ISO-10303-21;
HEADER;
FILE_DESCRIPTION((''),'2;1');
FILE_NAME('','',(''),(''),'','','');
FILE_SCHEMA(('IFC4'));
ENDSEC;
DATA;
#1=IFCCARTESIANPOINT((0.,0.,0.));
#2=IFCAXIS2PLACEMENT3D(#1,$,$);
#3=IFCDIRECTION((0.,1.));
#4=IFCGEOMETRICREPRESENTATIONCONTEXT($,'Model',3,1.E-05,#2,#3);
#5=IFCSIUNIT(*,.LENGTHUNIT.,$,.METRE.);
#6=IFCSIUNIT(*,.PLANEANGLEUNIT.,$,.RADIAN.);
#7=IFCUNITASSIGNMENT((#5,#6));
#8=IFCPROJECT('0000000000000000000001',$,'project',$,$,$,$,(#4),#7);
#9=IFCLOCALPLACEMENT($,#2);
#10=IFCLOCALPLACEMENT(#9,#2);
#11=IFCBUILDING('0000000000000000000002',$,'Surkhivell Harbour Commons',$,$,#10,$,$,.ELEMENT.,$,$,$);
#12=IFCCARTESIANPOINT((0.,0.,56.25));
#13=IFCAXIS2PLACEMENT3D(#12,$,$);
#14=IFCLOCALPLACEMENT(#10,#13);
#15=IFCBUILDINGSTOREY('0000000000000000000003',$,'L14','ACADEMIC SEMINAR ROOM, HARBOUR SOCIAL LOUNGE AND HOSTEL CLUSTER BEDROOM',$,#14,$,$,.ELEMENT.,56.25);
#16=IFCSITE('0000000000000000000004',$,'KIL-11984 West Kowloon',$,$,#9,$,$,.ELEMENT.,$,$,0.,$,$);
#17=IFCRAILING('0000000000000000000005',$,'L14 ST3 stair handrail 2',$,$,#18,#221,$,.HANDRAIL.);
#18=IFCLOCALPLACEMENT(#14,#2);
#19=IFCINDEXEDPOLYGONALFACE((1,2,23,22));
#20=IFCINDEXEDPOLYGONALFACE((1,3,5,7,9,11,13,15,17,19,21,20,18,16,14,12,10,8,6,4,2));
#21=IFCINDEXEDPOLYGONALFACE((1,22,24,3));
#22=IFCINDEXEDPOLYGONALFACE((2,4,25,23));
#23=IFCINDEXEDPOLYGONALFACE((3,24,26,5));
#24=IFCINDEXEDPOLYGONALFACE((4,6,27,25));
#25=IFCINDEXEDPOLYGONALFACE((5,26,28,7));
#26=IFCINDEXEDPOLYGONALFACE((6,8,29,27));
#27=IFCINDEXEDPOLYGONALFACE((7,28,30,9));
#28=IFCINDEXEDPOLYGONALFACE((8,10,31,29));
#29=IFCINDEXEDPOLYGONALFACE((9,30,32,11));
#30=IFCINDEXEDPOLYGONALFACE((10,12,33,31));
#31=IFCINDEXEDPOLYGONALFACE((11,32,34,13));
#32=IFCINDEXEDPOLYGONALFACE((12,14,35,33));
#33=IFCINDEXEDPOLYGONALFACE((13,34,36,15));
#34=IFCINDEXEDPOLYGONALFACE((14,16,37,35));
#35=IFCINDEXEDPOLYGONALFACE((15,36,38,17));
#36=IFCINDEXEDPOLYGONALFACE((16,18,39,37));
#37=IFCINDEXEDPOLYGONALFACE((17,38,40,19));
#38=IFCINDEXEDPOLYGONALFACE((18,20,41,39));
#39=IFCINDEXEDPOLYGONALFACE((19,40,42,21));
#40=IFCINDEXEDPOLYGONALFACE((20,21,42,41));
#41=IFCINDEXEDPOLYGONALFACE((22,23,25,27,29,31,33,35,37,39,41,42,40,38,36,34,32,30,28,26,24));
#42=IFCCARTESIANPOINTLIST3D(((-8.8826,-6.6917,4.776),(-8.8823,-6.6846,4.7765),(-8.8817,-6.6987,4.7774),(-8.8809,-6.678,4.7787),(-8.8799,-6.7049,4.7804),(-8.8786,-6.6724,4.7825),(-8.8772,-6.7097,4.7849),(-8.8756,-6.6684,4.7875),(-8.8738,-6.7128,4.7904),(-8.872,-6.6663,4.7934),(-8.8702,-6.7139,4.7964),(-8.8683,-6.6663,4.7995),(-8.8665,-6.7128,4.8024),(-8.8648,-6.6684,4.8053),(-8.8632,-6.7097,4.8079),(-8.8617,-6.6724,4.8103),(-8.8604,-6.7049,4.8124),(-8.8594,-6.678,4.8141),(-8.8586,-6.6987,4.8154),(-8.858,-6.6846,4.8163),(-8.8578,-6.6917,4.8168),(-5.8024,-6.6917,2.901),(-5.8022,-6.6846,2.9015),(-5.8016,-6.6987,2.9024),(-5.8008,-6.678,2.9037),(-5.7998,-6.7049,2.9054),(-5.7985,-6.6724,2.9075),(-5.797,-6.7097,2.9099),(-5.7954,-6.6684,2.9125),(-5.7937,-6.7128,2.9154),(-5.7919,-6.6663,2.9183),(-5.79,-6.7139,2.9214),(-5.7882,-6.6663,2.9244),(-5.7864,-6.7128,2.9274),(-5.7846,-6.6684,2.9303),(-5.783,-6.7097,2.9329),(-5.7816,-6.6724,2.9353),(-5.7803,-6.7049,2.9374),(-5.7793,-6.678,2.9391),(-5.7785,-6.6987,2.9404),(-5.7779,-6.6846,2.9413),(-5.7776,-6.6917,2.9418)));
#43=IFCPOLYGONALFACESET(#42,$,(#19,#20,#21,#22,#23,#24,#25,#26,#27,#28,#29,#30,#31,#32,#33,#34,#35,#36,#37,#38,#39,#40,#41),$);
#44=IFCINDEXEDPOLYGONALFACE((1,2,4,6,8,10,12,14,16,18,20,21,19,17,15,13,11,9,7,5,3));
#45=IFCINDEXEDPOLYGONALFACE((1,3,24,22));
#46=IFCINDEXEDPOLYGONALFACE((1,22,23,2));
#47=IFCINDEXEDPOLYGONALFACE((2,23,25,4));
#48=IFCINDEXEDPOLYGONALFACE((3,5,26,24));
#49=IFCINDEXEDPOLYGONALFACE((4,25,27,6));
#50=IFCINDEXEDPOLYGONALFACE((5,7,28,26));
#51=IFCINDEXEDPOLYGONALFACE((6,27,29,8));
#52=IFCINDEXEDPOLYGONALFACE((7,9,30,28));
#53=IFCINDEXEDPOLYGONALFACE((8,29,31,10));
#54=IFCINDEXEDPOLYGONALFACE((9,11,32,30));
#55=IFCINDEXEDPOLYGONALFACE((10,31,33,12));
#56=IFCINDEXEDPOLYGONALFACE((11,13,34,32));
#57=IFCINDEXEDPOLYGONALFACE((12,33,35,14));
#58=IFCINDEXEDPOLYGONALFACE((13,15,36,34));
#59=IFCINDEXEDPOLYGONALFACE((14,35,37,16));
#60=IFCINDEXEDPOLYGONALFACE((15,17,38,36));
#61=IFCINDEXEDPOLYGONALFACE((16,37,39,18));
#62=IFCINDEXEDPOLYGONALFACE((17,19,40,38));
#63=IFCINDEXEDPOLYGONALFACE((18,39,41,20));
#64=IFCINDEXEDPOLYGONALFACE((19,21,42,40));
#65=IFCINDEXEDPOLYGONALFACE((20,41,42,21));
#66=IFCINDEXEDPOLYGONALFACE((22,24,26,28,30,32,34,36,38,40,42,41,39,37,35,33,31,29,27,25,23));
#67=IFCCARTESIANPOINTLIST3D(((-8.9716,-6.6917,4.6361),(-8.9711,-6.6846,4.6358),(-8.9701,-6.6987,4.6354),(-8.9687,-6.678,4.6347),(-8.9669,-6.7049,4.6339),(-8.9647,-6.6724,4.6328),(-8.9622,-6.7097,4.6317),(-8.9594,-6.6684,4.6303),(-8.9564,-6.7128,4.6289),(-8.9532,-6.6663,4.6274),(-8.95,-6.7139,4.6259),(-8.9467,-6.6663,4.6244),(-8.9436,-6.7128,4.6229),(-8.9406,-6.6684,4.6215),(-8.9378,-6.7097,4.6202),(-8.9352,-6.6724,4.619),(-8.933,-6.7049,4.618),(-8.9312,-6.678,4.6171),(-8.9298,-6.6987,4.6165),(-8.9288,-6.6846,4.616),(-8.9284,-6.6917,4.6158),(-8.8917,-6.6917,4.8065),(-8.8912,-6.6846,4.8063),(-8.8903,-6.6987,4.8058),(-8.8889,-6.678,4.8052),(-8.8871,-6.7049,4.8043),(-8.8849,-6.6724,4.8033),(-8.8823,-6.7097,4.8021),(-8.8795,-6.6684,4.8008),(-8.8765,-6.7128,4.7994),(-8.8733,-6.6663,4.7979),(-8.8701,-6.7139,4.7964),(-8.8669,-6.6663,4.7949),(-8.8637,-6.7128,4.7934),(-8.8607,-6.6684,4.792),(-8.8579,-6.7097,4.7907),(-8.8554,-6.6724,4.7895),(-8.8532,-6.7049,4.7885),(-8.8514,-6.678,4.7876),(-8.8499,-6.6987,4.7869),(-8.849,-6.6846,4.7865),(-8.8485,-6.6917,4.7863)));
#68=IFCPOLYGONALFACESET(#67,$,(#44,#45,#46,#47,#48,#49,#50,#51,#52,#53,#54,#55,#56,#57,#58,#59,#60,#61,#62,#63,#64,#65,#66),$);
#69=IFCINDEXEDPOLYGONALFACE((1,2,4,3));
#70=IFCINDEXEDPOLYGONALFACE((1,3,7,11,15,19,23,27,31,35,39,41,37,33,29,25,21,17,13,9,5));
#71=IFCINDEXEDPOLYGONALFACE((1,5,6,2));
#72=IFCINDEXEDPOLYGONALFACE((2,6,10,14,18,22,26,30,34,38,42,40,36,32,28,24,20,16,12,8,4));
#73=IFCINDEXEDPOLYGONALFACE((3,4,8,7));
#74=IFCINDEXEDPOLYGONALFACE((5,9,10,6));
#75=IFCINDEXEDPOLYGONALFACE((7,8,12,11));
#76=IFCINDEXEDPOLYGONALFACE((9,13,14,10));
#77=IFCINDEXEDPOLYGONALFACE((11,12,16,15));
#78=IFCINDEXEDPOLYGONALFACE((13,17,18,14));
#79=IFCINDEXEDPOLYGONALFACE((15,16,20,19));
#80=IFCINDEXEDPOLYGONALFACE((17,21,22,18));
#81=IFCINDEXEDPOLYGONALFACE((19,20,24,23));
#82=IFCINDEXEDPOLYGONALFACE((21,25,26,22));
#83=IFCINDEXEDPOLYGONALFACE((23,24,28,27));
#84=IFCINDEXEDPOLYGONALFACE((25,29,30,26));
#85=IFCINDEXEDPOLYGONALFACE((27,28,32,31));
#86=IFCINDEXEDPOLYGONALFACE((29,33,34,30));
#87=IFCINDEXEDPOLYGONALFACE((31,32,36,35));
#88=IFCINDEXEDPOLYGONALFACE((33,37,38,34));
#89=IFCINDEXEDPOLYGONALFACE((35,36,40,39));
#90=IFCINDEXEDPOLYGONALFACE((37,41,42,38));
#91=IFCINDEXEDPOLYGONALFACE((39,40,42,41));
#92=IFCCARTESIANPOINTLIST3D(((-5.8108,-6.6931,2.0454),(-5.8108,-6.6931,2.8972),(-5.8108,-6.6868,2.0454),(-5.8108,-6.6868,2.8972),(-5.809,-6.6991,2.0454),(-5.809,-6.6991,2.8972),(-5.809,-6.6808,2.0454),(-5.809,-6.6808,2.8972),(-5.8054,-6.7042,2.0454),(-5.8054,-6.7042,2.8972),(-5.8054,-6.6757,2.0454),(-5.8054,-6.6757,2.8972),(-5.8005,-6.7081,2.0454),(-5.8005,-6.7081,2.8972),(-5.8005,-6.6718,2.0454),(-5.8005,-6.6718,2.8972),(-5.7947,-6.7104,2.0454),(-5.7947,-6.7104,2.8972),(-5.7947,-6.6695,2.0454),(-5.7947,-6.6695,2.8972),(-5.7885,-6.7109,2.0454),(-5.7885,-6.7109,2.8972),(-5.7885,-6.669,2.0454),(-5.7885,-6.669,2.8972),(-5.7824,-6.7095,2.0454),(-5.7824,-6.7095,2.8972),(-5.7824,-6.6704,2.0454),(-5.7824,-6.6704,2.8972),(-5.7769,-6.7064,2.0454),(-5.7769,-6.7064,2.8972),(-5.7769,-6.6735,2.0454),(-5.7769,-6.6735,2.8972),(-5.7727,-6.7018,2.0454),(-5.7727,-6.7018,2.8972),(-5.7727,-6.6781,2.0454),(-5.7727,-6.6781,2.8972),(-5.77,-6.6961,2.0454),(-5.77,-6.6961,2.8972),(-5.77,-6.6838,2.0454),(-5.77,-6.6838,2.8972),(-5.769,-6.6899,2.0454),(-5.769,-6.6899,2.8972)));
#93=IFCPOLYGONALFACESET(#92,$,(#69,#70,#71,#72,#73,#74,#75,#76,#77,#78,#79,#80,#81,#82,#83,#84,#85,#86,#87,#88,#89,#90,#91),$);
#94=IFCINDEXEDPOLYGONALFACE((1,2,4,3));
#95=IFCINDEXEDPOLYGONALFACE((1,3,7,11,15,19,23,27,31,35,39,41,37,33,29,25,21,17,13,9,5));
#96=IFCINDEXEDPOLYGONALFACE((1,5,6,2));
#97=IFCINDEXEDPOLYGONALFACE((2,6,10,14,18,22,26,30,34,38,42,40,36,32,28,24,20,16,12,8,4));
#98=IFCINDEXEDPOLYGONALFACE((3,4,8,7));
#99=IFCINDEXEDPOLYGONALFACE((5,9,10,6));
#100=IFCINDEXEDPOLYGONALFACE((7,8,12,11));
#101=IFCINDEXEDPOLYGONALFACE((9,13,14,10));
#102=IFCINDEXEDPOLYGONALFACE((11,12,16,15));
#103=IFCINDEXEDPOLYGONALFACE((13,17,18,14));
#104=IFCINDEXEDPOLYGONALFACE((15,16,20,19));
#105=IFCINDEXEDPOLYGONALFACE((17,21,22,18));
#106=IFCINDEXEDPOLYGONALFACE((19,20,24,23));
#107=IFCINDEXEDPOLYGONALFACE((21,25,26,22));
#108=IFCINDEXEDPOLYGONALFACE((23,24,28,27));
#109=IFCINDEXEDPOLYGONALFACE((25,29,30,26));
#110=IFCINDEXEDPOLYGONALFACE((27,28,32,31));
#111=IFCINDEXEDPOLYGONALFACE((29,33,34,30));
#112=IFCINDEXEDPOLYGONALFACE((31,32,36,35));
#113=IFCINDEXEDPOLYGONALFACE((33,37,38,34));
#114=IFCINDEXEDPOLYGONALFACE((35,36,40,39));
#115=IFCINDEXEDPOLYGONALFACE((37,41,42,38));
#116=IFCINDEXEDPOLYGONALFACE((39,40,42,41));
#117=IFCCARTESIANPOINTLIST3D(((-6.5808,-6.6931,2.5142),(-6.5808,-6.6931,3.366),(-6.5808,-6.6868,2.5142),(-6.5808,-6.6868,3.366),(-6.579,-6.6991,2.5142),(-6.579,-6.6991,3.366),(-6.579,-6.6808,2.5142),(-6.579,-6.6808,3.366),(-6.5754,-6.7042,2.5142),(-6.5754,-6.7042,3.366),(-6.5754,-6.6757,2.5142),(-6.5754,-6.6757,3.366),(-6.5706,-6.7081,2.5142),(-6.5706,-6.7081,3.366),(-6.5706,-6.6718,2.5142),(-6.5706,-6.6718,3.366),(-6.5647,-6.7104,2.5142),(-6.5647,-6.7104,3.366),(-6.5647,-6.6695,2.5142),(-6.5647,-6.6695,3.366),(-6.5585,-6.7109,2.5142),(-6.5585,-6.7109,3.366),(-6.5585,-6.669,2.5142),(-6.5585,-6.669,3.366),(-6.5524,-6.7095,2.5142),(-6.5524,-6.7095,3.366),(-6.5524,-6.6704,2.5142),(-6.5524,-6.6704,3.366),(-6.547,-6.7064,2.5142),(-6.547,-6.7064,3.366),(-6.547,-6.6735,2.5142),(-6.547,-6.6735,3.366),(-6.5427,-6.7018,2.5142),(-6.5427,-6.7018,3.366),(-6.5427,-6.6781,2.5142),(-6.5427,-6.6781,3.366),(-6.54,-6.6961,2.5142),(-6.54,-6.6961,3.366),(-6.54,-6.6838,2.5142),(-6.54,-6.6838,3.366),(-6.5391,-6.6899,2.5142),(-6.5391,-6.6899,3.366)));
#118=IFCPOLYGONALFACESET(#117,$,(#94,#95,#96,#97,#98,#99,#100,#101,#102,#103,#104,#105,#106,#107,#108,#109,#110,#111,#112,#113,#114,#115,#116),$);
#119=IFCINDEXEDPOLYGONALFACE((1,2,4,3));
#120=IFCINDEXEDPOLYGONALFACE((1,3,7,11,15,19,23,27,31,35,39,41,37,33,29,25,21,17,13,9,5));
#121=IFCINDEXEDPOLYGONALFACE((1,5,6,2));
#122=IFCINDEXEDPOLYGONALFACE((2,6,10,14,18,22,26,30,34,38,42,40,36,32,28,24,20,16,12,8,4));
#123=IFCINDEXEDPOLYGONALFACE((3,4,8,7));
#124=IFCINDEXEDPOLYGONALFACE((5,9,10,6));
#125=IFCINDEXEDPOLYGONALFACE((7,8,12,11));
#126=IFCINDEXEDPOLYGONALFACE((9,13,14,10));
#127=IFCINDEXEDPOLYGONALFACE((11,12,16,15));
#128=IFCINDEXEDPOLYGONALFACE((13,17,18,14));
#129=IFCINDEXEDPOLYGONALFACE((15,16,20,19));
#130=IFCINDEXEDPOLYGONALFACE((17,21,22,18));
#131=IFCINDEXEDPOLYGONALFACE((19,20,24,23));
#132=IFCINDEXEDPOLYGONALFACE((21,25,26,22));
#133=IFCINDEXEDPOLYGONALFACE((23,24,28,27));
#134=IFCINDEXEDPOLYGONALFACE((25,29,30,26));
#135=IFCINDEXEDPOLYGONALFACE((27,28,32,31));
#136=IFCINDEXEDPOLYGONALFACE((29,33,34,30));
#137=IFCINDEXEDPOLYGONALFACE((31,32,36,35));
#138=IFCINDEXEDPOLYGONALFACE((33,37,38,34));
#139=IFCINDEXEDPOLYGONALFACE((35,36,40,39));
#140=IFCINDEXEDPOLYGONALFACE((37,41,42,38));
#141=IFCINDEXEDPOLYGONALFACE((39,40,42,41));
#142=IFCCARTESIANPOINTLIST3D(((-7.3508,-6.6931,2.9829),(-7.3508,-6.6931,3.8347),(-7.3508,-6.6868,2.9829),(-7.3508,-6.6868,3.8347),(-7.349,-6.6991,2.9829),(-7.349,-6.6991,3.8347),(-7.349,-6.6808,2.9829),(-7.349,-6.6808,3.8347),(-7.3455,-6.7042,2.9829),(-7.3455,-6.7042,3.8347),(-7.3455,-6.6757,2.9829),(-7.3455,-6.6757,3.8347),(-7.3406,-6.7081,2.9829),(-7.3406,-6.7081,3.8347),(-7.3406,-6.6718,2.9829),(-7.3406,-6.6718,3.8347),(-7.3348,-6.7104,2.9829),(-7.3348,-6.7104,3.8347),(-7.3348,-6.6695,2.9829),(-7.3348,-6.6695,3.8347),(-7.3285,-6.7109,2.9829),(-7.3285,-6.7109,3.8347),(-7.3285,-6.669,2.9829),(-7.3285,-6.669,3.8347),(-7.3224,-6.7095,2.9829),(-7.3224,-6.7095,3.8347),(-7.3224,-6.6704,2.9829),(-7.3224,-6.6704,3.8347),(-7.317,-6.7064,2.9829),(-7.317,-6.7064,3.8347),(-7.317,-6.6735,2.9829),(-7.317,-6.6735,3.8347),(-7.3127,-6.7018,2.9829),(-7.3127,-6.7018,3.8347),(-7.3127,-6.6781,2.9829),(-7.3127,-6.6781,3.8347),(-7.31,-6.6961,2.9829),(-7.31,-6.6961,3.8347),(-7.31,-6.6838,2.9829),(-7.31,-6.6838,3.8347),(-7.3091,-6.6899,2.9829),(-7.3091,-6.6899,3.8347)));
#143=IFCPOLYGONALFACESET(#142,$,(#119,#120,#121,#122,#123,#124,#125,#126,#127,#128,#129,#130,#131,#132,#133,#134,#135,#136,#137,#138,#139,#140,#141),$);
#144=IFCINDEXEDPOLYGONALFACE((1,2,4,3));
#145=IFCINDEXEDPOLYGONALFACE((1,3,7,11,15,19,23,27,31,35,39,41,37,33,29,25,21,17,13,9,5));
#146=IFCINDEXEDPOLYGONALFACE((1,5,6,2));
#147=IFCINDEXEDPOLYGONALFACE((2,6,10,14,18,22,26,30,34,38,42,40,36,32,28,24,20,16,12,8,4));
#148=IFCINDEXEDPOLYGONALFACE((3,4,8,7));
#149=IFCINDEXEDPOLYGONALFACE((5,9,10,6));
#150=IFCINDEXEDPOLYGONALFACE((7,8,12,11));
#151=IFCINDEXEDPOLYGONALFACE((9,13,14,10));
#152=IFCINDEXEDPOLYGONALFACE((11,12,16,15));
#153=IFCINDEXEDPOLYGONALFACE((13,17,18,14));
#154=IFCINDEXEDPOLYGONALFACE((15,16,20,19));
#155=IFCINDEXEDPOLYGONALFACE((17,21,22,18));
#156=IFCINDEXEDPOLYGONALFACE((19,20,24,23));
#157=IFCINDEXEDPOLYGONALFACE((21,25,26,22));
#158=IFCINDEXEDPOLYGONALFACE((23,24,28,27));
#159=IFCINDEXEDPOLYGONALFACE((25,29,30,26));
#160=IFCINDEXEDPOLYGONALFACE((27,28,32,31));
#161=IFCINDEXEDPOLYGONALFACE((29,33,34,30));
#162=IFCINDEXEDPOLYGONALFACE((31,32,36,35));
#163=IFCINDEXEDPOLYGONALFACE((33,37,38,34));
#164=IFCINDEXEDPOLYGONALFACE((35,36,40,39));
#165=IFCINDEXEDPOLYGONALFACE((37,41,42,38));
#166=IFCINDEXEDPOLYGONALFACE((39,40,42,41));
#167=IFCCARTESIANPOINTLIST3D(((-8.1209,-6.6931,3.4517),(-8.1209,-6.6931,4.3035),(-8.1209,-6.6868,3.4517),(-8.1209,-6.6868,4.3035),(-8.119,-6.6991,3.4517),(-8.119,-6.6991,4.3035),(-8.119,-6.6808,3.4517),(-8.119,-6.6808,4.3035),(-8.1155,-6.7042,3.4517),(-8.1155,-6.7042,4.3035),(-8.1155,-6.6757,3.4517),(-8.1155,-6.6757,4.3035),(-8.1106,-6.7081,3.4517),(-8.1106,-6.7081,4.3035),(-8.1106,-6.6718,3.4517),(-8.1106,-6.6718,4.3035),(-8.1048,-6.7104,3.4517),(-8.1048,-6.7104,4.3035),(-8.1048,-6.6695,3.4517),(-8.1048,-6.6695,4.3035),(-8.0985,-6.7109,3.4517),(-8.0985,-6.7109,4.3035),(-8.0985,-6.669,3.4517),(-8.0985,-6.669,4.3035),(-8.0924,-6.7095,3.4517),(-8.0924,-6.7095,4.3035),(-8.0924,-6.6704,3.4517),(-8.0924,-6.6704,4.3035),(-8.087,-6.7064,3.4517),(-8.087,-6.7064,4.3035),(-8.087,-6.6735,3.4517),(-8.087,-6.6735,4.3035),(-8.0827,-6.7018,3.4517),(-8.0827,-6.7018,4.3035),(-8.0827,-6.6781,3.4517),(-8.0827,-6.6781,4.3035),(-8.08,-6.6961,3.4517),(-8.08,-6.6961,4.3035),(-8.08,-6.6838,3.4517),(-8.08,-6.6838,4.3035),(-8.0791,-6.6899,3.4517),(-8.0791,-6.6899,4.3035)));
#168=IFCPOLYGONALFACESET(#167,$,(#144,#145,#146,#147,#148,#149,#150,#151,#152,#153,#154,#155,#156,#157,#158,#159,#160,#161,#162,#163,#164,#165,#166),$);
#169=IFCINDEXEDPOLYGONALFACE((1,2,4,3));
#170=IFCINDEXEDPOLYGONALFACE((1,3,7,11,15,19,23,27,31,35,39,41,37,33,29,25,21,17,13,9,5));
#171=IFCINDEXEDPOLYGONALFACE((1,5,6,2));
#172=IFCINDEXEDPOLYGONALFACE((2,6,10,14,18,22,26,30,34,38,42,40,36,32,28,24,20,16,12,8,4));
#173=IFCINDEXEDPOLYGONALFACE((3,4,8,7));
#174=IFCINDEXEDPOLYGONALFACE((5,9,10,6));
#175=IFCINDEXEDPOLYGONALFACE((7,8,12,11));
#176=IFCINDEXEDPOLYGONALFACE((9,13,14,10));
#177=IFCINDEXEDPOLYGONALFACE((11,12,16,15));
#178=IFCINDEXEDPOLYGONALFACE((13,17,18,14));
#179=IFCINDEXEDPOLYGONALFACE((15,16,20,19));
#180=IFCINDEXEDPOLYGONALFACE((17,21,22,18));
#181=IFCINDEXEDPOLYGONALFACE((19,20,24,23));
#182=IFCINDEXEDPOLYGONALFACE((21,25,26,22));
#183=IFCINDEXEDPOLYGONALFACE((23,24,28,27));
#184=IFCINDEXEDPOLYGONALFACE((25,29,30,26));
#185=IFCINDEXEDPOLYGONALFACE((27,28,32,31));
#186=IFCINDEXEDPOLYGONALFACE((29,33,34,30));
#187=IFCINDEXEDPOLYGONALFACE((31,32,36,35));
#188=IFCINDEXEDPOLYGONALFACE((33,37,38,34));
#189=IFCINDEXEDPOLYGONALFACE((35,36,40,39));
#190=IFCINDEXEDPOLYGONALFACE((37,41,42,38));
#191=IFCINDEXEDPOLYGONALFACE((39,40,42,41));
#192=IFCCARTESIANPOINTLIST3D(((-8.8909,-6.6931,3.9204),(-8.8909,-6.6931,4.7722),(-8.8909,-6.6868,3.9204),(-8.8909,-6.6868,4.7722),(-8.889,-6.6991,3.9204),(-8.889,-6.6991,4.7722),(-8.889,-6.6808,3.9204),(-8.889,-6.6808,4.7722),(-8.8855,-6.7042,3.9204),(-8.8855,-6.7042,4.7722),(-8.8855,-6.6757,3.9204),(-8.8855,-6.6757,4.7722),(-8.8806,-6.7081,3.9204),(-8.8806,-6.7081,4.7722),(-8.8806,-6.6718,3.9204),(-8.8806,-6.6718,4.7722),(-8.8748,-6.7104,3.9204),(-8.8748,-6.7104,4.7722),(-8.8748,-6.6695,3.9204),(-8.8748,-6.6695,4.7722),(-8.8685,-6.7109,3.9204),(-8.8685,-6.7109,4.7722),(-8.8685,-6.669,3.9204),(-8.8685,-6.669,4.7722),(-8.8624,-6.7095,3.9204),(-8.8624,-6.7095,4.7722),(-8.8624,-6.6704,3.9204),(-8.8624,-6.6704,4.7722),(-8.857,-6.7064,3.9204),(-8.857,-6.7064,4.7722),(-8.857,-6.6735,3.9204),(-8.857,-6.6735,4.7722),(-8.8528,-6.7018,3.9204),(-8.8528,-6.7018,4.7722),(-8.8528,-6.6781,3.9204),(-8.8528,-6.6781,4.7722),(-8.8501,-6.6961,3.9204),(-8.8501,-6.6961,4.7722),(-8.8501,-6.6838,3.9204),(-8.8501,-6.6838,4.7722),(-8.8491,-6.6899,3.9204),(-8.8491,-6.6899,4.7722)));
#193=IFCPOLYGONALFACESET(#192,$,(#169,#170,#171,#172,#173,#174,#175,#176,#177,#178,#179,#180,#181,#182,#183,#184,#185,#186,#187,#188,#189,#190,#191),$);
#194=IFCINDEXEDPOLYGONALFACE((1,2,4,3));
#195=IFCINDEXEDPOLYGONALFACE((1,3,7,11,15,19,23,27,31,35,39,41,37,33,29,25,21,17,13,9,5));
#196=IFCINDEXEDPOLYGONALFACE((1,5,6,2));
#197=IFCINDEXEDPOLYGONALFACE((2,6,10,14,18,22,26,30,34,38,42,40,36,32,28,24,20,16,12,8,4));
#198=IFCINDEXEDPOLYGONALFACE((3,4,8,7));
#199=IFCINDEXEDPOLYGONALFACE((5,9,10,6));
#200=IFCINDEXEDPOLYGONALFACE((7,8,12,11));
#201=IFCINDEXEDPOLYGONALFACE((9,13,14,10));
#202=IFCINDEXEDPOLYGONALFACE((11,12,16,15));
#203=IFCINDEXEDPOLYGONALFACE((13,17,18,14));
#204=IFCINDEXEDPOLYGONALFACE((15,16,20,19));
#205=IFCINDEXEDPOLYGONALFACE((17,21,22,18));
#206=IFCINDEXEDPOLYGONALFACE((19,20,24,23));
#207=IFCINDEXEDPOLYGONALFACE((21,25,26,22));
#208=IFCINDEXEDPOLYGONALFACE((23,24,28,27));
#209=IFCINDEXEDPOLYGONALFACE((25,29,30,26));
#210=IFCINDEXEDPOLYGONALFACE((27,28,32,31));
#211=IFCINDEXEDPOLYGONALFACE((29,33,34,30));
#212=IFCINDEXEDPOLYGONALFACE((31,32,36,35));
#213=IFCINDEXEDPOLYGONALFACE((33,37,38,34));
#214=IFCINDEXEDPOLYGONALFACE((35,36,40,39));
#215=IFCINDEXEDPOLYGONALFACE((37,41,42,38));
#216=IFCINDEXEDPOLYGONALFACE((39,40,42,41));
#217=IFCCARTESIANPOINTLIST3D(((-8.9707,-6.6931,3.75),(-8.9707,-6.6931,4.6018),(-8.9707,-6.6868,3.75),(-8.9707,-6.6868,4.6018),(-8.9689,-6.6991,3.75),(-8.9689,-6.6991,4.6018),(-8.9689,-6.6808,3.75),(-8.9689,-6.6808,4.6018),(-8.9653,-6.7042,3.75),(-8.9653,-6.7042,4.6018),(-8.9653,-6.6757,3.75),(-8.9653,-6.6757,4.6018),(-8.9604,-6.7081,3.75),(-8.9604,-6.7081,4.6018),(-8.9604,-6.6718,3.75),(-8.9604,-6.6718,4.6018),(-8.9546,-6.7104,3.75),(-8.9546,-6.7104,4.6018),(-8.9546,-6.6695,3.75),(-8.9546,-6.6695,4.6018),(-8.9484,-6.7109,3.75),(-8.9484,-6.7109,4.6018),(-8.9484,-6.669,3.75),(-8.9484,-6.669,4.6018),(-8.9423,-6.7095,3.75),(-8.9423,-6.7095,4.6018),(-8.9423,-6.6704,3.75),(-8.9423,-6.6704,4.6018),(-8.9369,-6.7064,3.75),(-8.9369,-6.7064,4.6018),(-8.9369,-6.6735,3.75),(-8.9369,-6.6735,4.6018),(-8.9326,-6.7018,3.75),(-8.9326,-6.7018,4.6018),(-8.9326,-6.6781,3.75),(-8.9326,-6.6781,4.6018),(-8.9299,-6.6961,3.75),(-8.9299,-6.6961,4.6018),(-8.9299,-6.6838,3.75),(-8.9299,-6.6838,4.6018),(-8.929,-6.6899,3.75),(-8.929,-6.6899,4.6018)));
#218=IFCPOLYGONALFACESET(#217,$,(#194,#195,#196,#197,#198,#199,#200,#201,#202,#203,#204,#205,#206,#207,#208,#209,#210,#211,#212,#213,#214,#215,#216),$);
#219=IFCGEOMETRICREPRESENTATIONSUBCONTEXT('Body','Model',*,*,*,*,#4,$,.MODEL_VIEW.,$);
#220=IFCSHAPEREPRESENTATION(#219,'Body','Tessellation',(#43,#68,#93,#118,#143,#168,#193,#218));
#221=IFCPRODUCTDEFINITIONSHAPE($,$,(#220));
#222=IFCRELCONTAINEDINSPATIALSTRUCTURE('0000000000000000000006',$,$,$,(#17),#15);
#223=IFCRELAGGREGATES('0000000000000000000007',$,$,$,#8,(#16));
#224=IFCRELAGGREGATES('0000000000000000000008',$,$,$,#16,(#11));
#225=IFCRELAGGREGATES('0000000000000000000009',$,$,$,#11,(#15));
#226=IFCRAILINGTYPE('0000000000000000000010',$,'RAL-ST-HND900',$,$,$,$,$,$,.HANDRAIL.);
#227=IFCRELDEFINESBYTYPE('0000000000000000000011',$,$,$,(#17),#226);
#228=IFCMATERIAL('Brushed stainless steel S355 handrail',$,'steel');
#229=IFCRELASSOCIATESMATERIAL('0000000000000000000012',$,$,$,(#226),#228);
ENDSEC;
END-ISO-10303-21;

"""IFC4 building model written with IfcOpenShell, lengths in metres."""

from ifc_helpers import new_model, si_unit, direction, frame, origin, origin_2d, place, context, subcontext, project, spatial, circle, extrude, material, type_object, element, save


model = new_model("IFC4")

# Units and contexts
model_context = context("Model", 3, precision=1e-05, world=origin(), true_north=direction((0.0, 1.0)))
body_context = subcontext(model_context, "Body", "Model", "MODEL_VIEW")
ifc_project = project(units=[si_unit("LENGTHUNIT", "METRE"), si_unit("PLANEANGLEUNIT", "RADIAN")], contexts=[model_context])

# Site, building, storey
site_placement = place(None, origin())
site = spatial("IfcSite", under=ifc_project, at=site_placement, Name="KIL-11984 West Kowloon", CompositionType="ELEMENT", RefElevation=0.0)
building_placement = place(site_placement, origin())
building = spatial("IfcBuilding", under=site, at=building_placement, Name="Surkhivell Harbour Commons", CompositionType="ELEMENT")
storey_placement = place(building_placement, frame((0.0, 0.0, 56.25)))
storey = spatial("IfcBuildingStorey", under=building, at=storey_placement, Name="L14", Description="ACADEMIC SEMINAR ROOM, HARBOUR SOCIAL LOUNGE AND HOSTEL CLUSTER BEDROOM", CompositionType="ELEMENT", Elevation=56.25)

# Railing
ifc_material_1 = material(Name="Brushed stainless steel S355 handrail", Category="steel")
railing_type_1 = type_object("IfcRailingType", Name="RAL-ST-HND900", PredefinedType="HANDRAIL", material=ifc_material_1)
railing_1_placement = place(storey_placement, frame((-5.79, -6.6899, 2.0454)))
element("IfcRailing", 1, at=railing_1_placement, inside=storey, type_object=railing_type_1, Name="L14 ST3 stair handrail 2", PredefinedType="HANDRAIL", context=body_context, shape_type="SweptSolid", body=[
    extrude(circle(Radius=0.0239, at=origin_2d()), frame((0.0, 0.0, 0.876), z_axis=(-0.854178, 0.0, 0.519981), x_axis=(0.0, -1.0, 0.0)), (0.0, 0.0, 1.0), 3.606),
    extrude(circle(Radius=0.0239, at=origin_2d()), frame((-3.0801, 0.0, 2.751), z_axis=(-0.424234, 0.0, -0.905552), x_axis=(0.0, -1.0, 0.0)), (0.0, 0.0, 1.0), 0.1882),
    extrude(circle(Radius=0.021, at=origin_2d()), origin(), (0.0, 0.0, 1.0), 0.8518),
    extrude(circle(Radius=0.021, at=origin_2d()), frame((-0.77, 0.0, 0.4688)), (0.0, 0.0, 1.0), 0.8518),
    extrude(circle(Radius=0.021, at=origin_2d()), frame((-1.54, 0.0, 0.9375)), (0.0, 0.0, 1.0), 0.8518),
    extrude(circle(Radius=0.021, at=origin_2d()), frame((-2.3101, 0.0, 1.4062)), (0.0, 0.0, 1.0), 0.8518),
    extrude(circle(Radius=0.021, at=origin_2d()), frame((-3.0801, 0.0, 1.875)), (0.0, 0.0, 1.0), 0.8518),
    extrude(circle(Radius=0.021, at=origin_2d()), frame((-3.1599, 0.0, 1.7046)), (0.0, 0.0, 1.0), 0.8518),
])

save(model, "model.ifc")
